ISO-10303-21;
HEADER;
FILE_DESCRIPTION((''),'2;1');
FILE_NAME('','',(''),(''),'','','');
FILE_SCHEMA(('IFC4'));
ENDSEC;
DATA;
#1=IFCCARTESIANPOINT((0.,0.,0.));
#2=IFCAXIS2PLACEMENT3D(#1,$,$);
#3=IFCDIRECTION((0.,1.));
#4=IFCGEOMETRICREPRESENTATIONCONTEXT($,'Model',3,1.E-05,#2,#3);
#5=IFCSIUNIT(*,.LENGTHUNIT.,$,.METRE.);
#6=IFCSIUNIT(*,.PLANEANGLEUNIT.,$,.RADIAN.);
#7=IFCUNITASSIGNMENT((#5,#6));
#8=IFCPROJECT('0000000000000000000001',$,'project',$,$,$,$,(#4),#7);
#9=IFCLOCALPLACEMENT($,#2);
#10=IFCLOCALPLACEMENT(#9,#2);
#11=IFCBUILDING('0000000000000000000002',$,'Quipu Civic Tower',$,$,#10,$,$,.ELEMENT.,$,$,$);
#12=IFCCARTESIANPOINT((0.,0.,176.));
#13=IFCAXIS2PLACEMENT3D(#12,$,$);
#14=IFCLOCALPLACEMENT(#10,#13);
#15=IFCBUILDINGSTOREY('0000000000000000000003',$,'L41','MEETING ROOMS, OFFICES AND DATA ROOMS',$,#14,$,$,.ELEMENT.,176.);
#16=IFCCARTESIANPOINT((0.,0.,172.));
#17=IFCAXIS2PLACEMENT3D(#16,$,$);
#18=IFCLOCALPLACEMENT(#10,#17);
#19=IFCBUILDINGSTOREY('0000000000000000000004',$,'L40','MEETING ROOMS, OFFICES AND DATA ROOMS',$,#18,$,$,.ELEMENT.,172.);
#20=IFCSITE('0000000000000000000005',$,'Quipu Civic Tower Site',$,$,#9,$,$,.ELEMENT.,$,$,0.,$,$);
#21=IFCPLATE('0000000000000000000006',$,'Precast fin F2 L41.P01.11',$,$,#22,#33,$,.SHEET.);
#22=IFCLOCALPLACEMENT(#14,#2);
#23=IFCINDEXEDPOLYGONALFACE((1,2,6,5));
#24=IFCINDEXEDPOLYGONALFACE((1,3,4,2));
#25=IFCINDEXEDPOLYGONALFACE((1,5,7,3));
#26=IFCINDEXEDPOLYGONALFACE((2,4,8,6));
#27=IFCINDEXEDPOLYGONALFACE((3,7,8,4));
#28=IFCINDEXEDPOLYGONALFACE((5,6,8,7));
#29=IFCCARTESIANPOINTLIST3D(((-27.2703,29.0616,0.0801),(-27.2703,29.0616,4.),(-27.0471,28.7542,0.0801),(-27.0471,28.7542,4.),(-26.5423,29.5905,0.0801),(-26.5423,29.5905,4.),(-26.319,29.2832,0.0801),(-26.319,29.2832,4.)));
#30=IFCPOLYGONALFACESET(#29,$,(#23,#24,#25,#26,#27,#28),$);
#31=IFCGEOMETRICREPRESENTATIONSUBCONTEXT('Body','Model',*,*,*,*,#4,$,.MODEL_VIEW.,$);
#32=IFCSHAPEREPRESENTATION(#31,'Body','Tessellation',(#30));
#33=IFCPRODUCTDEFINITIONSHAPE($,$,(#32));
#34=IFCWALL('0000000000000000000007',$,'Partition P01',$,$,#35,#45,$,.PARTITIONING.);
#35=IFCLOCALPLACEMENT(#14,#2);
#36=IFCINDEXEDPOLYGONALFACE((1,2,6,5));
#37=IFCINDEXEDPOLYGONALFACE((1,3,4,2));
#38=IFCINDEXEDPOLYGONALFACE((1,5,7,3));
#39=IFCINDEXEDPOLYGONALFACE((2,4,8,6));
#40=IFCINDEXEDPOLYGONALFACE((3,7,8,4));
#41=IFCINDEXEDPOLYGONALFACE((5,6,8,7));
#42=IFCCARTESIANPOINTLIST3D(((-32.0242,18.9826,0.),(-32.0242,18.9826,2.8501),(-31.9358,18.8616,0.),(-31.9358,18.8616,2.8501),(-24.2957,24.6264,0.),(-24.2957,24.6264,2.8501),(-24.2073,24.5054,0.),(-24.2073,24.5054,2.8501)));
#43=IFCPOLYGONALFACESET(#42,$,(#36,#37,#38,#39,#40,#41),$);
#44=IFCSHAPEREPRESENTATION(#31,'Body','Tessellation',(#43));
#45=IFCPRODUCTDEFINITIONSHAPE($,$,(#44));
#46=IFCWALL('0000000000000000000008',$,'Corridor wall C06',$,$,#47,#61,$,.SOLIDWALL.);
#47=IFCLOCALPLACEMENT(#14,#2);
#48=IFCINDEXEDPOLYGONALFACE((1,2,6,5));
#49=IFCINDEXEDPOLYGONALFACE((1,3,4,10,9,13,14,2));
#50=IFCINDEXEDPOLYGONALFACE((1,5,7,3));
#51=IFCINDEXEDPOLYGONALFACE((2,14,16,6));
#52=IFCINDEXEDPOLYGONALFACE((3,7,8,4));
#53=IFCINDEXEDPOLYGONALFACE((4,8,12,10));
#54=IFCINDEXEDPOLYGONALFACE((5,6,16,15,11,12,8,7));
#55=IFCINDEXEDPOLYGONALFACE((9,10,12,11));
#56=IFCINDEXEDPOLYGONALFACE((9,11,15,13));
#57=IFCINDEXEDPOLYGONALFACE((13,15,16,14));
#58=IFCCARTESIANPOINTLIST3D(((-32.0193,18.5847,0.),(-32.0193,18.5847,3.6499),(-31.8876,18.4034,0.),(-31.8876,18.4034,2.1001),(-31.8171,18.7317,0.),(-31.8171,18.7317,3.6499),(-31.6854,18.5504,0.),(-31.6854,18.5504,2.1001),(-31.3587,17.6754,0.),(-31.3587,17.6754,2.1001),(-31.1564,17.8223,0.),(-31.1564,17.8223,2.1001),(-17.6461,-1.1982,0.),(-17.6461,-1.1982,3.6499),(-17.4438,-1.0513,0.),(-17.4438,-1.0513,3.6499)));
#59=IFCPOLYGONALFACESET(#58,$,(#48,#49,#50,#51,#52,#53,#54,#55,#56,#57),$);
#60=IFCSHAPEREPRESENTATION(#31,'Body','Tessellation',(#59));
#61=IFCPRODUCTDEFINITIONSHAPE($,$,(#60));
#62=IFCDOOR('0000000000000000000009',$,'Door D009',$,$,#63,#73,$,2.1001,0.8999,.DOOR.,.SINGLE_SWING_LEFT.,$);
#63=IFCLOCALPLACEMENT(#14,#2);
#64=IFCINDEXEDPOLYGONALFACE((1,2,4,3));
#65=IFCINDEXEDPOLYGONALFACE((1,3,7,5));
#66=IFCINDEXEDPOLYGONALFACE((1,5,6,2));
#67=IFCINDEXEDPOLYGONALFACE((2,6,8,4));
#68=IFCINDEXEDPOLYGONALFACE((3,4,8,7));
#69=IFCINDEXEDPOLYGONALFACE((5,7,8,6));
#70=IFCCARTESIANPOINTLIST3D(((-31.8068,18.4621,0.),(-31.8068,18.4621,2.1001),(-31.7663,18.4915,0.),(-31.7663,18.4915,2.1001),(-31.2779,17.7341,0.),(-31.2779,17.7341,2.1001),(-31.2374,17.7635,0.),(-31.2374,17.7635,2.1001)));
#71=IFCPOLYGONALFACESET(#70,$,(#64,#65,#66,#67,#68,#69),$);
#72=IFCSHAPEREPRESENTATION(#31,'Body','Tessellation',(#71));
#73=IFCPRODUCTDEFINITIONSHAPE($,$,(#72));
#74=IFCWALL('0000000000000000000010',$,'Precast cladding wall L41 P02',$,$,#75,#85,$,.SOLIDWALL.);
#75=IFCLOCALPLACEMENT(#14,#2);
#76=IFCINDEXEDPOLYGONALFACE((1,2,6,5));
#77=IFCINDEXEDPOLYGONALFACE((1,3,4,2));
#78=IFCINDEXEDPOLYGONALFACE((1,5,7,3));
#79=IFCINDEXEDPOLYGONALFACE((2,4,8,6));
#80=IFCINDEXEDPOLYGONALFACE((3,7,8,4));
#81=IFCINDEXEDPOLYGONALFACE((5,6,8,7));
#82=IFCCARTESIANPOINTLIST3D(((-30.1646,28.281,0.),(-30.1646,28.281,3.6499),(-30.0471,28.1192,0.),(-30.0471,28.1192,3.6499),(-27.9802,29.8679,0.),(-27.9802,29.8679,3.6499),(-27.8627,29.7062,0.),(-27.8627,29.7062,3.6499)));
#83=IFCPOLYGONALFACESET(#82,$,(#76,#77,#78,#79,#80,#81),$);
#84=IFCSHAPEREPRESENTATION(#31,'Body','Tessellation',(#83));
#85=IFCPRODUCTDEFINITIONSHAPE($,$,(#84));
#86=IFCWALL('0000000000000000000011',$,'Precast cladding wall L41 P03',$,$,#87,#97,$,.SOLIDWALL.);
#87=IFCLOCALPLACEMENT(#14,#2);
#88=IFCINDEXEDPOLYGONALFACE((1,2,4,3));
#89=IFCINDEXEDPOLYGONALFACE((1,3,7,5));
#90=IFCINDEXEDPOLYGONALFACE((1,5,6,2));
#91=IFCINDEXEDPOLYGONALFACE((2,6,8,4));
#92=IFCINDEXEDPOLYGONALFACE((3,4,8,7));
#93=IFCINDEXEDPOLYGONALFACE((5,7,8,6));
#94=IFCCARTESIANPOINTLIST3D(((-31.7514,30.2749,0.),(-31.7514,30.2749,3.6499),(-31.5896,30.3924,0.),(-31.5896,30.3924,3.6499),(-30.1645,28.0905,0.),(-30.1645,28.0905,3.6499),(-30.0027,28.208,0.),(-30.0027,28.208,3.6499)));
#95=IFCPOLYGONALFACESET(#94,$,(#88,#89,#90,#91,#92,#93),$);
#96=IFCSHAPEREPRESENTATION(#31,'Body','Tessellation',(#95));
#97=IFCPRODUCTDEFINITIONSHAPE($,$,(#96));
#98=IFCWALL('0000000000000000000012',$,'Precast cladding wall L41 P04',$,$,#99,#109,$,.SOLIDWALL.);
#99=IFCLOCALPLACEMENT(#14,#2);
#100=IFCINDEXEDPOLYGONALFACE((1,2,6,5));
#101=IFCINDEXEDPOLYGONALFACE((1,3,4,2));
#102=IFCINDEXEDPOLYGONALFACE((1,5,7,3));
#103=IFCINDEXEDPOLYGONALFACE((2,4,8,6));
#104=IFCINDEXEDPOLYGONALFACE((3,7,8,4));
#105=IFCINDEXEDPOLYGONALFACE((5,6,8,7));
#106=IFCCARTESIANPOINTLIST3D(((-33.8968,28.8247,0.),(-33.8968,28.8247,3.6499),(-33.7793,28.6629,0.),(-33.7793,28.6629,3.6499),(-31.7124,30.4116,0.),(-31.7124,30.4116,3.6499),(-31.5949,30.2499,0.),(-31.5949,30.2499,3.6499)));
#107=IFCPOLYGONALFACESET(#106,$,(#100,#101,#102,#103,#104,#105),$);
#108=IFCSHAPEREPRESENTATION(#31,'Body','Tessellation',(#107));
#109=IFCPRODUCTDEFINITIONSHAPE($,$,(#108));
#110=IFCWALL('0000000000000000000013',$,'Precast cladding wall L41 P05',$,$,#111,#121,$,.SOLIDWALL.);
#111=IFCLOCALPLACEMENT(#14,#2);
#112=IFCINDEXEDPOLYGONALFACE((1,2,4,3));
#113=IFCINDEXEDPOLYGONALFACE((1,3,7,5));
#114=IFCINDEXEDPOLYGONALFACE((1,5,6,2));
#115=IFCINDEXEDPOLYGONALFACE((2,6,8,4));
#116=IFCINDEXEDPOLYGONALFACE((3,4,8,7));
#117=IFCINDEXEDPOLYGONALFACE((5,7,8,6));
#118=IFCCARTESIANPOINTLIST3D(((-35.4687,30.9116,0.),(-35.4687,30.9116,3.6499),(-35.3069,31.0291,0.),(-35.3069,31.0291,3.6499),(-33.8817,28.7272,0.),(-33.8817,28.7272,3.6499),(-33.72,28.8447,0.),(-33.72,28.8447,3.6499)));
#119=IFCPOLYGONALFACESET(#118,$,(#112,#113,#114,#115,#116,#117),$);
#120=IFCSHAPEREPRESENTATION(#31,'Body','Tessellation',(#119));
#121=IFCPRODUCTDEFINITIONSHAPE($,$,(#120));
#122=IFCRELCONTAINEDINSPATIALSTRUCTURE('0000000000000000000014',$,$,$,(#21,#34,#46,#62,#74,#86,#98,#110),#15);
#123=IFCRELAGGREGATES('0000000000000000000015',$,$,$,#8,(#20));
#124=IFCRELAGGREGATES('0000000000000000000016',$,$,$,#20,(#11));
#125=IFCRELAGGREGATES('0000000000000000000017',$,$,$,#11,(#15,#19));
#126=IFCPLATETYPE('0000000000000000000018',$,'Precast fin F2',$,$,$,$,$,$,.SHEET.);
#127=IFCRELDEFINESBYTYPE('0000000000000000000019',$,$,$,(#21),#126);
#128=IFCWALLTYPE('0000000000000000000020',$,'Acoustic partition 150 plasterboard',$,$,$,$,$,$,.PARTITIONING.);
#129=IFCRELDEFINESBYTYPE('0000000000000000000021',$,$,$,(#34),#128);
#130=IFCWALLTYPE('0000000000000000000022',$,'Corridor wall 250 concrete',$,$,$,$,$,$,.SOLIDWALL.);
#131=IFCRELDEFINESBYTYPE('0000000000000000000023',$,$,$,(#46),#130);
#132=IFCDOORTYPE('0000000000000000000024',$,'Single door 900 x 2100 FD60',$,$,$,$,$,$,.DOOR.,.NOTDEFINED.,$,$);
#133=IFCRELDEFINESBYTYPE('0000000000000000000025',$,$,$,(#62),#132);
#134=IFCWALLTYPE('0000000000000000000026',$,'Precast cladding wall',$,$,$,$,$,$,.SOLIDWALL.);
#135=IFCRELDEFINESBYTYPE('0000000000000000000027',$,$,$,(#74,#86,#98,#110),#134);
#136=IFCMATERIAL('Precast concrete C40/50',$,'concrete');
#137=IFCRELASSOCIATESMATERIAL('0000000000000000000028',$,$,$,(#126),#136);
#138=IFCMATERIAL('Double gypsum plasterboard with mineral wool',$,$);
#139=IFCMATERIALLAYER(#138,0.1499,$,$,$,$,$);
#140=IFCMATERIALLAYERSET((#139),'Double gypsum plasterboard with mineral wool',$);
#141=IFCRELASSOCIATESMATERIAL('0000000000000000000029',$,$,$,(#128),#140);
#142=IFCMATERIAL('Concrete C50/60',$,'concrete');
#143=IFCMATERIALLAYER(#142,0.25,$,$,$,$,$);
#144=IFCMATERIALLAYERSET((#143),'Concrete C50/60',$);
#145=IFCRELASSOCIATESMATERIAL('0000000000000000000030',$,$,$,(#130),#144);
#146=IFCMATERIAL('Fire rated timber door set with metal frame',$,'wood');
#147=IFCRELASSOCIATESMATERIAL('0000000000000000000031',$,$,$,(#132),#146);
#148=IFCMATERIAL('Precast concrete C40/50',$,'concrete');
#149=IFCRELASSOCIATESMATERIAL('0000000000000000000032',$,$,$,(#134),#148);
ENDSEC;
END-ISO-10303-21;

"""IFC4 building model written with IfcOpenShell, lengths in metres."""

from ifc_helpers import new_model, si_unit, direction, frame, frame_2d, origin, origin_2d, place, context, subcontext, project, spatial, rectangle, extrude, material, layer, layer_set, type_object, element, fill, save


model = new_model("IFC4")

# Units and contexts
model_context = context("Model", 3, precision=1e-05, world=origin(), true_north=direction((0.0, 1.0)))
body_context = subcontext(model_context, "Body", "Model", "MODEL_VIEW")
ifc_project = project(units=[si_unit("LENGTHUNIT", "METRE"), si_unit("PLANEANGLEUNIT", "RADIAN")], contexts=[model_context])

# Site, building, storey
site_placement = place(None, origin())
site = spatial("IfcSite", under=ifc_project, at=site_placement, Name="Quipu Civic Tower Site", CompositionType="ELEMENT", RefElevation=0.0)
building_placement = place(site_placement, origin())
building = spatial("IfcBuilding", under=site, at=building_placement, Name="Quipu Civic Tower", CompositionType="ELEMENT")
storey_1_placement = place(building_placement, frame((0.0, 0.0, 176.0)))
storey_1 = spatial("IfcBuildingStorey", under=building, at=storey_1_placement, Name="L41", Description="MEETING ROOMS, OFFICES AND DATA ROOMS", CompositionType="ELEMENT", Elevation=176.0)

# Shared definitions
storey_2_placement = place(building_placement, frame((0.0, 0.0, 172.0)))
storey_2 = spatial("IfcBuildingStorey", under=building, at=storey_2_placement, Name="L40", Description="MEETING ROOMS, OFFICES AND DATA ROOMS", CompositionType="ELEMENT", Elevation=172.0)

# Plate
ifc_material_1 = material(Name="Precast concrete C40/50", Category="concrete")
plate_type_1 = type_object("IfcPlateType", Name="Precast fin F2", PredefinedType="SHEET", material=ifc_material_1)
for number, where, z_axis, x_axis, name in (
    (1, (-26.7947, 29.1724, 0.0801), (0.0, 0.0, 1.0), (-0.587787, 0.809016, 0.0), "Precast fin F2 L41.P01.11"),
):
    element("IfcPlate", number, at=place(storey_1_placement, frame(where, z_axis=z_axis, x_axis=x_axis)), inside=storey_1, type_object=plate_type_1, Name=name, PredefinedType="SHEET", context=body_context, shape_type="SweptSolid", body=[
        extrude(rectangle(XDim=0.3799, YDim=0.8999, at=origin_2d()), origin(), (0.0, 0.0, 1.0), 3.9199),
    ])

# Wall
ifc_material_2 = material(Name="Double gypsum plasterboard with mineral wool")
ifc_layer_1 = layer(ifc_material_2, 0.1499)
ifc_layer_set_1 = layer_set([ifc_layer_1], Name="Double gypsum plasterboard with mineral wool")
wall_type_1 = type_object("IfcWallType", Name="Acoustic partition 150 plasterboard", PredefinedType="PARTITIONING", material=ifc_layer_set_1)
wall_1_placement = place(storey_1_placement, frame((-31.98, 18.9221, 0.0), z_axis=(0.0, 0.0, 1.0), x_axis=(0.807588, 0.589747, 0.0)))
element("IfcWall", 2, at=wall_1_placement, inside=storey_1, type_object=wall_type_1, Name="Partition P01", PredefinedType="PARTITIONING", context=body_context, shape_type="SweptSolid", body=[
    extrude(rectangle(XDim=9.5698, YDim=0.1499, at=frame_2d((4.7849, 0.0))), origin(), (0.0, 0.0, 1.0), 2.8501),
])

# Wall, opening, door
ifc_material_3 = material(Name="Concrete C50/60", Category="concrete")
ifc_layer_2 = layer(ifc_material_3, 0.25)
ifc_layer_set_2 = layer_set([ifc_layer_2], Name="Concrete C50/60")
wall_type_2 = type_object("IfcWallType", Name="Corridor wall 250 concrete", PredefinedType="SOLIDWALL", material=ifc_layer_set_2)
wall_2_placement = place(storey_1_placement, frame((-31.9182, 18.6582, 0.0), z_axis=(0.0, 0.0, 1.0), x_axis=(0.587789, -0.809014, 0.0)))
wall_2 = element("IfcWall", 3, at=wall_2_placement, inside=storey_1, type_object=wall_type_2, Name="Corridor wall C06", PredefinedType="SOLIDWALL", context=body_context, shape_type="SweptSolid", body=[
    extrude(rectangle(XDim=24.4531, YDim=0.25, at=frame_2d((12.2266, 0.0))), origin(), (0.0, 0.0, 1.0), 3.6499),
])
opening_placement = place(wall_2_placement, frame((0.2241, 0.0, 0.0)))
opening = element("IfcOpeningElement", 4, at=opening_placement, cuts=wall_2, PredefinedType="OPENING", context=body_context, shape_type="SweptSolid", body=[
    extrude(rectangle(XDim=0.8999, YDim=2.1001, at=frame_2d((0.45, 1.05))), frame((0.0, 0.135, 0.0), z_axis=(0.0, -1.0, 0.0), x_axis=(1.0, 0.0, 0.0)), (0.0, 0.0, 1.0), 0.27),
])
ifc_material_4 = material(Name="Fire rated timber door set with metal frame", Category="wood")
door_type = type_object("IfcDoorType", Name="Single door 900 x 2100 FD60", OperationType="NOTDEFINED", PredefinedType="DOOR", material=ifc_material_4)
door_placement = place(opening_placement, origin())
door = element("IfcDoor", 5, at=door_placement, inside=storey_1, type_object=door_type, Name="Door D009", OperationType="SINGLE_SWING_LEFT", OverallHeight=2.1001, OverallWidth=0.8999, PredefinedType="DOOR", context=body_context, shape_type="SweptSolid", body=[
    extrude(rectangle(XDim=0.8999, YDim=2.1001, at=frame_2d((0.45, 1.05))), frame((0.0, 0.0249, 0.0), z_axis=(0.0, -1.0, 0.0), x_axis=(1.0, 0.0, 0.0)), (0.0, 0.0, 1.0), 0.05),
])
fill(opening, door)

# Walls
ifc_material_5 = material(Name="Precast concrete C40/50", Category="concrete")
wall_type_3 = type_object("IfcWallType", Name="Precast cladding wall", PredefinedType="SOLIDWALL", material=ifc_material_5)
for number, where, z_axis, x_axis, name in (
    (6, (-27.9214, 29.7871, 0.0), (0.0, 0.0, 1.0), (-0.809033, -0.587763, 0.0), "Precast cladding wall L41 P02"),
    (7, (-30.0835, 28.1492, 0.0), (0.0, 0.0, 1.0), (-0.587763, 0.809033, 0.0), "Precast cladding wall L41 P03"),
    (8, (-31.6536, 30.3308, 0.0), (0.0, 0.0, 1.0), (-0.809033, -0.587763, 0.0), "Precast cladding wall L41 P04"),
    (9, (-33.8008, 28.7859, 0.0), (0.0, 0.0, 1.0), (-0.587763, 0.809033, 0.0), "Precast cladding wall L41 P05"),
):
    element("IfcWall", number, at=place(storey_1_placement, frame(where, z_axis=z_axis, x_axis=x_axis)), inside=storey_1, type_object=wall_type_3, Name=name, PredefinedType="SOLIDWALL", context=body_context, shape_type="SweptSolid", body=[
        extrude(rectangle(XDim=2.7, YDim=0.2, at=frame_2d((1.3501, 0.0))), origin(), (0.0, 0.0, 1.0), 3.6499),
    ])

save(model, "model.ifc")
